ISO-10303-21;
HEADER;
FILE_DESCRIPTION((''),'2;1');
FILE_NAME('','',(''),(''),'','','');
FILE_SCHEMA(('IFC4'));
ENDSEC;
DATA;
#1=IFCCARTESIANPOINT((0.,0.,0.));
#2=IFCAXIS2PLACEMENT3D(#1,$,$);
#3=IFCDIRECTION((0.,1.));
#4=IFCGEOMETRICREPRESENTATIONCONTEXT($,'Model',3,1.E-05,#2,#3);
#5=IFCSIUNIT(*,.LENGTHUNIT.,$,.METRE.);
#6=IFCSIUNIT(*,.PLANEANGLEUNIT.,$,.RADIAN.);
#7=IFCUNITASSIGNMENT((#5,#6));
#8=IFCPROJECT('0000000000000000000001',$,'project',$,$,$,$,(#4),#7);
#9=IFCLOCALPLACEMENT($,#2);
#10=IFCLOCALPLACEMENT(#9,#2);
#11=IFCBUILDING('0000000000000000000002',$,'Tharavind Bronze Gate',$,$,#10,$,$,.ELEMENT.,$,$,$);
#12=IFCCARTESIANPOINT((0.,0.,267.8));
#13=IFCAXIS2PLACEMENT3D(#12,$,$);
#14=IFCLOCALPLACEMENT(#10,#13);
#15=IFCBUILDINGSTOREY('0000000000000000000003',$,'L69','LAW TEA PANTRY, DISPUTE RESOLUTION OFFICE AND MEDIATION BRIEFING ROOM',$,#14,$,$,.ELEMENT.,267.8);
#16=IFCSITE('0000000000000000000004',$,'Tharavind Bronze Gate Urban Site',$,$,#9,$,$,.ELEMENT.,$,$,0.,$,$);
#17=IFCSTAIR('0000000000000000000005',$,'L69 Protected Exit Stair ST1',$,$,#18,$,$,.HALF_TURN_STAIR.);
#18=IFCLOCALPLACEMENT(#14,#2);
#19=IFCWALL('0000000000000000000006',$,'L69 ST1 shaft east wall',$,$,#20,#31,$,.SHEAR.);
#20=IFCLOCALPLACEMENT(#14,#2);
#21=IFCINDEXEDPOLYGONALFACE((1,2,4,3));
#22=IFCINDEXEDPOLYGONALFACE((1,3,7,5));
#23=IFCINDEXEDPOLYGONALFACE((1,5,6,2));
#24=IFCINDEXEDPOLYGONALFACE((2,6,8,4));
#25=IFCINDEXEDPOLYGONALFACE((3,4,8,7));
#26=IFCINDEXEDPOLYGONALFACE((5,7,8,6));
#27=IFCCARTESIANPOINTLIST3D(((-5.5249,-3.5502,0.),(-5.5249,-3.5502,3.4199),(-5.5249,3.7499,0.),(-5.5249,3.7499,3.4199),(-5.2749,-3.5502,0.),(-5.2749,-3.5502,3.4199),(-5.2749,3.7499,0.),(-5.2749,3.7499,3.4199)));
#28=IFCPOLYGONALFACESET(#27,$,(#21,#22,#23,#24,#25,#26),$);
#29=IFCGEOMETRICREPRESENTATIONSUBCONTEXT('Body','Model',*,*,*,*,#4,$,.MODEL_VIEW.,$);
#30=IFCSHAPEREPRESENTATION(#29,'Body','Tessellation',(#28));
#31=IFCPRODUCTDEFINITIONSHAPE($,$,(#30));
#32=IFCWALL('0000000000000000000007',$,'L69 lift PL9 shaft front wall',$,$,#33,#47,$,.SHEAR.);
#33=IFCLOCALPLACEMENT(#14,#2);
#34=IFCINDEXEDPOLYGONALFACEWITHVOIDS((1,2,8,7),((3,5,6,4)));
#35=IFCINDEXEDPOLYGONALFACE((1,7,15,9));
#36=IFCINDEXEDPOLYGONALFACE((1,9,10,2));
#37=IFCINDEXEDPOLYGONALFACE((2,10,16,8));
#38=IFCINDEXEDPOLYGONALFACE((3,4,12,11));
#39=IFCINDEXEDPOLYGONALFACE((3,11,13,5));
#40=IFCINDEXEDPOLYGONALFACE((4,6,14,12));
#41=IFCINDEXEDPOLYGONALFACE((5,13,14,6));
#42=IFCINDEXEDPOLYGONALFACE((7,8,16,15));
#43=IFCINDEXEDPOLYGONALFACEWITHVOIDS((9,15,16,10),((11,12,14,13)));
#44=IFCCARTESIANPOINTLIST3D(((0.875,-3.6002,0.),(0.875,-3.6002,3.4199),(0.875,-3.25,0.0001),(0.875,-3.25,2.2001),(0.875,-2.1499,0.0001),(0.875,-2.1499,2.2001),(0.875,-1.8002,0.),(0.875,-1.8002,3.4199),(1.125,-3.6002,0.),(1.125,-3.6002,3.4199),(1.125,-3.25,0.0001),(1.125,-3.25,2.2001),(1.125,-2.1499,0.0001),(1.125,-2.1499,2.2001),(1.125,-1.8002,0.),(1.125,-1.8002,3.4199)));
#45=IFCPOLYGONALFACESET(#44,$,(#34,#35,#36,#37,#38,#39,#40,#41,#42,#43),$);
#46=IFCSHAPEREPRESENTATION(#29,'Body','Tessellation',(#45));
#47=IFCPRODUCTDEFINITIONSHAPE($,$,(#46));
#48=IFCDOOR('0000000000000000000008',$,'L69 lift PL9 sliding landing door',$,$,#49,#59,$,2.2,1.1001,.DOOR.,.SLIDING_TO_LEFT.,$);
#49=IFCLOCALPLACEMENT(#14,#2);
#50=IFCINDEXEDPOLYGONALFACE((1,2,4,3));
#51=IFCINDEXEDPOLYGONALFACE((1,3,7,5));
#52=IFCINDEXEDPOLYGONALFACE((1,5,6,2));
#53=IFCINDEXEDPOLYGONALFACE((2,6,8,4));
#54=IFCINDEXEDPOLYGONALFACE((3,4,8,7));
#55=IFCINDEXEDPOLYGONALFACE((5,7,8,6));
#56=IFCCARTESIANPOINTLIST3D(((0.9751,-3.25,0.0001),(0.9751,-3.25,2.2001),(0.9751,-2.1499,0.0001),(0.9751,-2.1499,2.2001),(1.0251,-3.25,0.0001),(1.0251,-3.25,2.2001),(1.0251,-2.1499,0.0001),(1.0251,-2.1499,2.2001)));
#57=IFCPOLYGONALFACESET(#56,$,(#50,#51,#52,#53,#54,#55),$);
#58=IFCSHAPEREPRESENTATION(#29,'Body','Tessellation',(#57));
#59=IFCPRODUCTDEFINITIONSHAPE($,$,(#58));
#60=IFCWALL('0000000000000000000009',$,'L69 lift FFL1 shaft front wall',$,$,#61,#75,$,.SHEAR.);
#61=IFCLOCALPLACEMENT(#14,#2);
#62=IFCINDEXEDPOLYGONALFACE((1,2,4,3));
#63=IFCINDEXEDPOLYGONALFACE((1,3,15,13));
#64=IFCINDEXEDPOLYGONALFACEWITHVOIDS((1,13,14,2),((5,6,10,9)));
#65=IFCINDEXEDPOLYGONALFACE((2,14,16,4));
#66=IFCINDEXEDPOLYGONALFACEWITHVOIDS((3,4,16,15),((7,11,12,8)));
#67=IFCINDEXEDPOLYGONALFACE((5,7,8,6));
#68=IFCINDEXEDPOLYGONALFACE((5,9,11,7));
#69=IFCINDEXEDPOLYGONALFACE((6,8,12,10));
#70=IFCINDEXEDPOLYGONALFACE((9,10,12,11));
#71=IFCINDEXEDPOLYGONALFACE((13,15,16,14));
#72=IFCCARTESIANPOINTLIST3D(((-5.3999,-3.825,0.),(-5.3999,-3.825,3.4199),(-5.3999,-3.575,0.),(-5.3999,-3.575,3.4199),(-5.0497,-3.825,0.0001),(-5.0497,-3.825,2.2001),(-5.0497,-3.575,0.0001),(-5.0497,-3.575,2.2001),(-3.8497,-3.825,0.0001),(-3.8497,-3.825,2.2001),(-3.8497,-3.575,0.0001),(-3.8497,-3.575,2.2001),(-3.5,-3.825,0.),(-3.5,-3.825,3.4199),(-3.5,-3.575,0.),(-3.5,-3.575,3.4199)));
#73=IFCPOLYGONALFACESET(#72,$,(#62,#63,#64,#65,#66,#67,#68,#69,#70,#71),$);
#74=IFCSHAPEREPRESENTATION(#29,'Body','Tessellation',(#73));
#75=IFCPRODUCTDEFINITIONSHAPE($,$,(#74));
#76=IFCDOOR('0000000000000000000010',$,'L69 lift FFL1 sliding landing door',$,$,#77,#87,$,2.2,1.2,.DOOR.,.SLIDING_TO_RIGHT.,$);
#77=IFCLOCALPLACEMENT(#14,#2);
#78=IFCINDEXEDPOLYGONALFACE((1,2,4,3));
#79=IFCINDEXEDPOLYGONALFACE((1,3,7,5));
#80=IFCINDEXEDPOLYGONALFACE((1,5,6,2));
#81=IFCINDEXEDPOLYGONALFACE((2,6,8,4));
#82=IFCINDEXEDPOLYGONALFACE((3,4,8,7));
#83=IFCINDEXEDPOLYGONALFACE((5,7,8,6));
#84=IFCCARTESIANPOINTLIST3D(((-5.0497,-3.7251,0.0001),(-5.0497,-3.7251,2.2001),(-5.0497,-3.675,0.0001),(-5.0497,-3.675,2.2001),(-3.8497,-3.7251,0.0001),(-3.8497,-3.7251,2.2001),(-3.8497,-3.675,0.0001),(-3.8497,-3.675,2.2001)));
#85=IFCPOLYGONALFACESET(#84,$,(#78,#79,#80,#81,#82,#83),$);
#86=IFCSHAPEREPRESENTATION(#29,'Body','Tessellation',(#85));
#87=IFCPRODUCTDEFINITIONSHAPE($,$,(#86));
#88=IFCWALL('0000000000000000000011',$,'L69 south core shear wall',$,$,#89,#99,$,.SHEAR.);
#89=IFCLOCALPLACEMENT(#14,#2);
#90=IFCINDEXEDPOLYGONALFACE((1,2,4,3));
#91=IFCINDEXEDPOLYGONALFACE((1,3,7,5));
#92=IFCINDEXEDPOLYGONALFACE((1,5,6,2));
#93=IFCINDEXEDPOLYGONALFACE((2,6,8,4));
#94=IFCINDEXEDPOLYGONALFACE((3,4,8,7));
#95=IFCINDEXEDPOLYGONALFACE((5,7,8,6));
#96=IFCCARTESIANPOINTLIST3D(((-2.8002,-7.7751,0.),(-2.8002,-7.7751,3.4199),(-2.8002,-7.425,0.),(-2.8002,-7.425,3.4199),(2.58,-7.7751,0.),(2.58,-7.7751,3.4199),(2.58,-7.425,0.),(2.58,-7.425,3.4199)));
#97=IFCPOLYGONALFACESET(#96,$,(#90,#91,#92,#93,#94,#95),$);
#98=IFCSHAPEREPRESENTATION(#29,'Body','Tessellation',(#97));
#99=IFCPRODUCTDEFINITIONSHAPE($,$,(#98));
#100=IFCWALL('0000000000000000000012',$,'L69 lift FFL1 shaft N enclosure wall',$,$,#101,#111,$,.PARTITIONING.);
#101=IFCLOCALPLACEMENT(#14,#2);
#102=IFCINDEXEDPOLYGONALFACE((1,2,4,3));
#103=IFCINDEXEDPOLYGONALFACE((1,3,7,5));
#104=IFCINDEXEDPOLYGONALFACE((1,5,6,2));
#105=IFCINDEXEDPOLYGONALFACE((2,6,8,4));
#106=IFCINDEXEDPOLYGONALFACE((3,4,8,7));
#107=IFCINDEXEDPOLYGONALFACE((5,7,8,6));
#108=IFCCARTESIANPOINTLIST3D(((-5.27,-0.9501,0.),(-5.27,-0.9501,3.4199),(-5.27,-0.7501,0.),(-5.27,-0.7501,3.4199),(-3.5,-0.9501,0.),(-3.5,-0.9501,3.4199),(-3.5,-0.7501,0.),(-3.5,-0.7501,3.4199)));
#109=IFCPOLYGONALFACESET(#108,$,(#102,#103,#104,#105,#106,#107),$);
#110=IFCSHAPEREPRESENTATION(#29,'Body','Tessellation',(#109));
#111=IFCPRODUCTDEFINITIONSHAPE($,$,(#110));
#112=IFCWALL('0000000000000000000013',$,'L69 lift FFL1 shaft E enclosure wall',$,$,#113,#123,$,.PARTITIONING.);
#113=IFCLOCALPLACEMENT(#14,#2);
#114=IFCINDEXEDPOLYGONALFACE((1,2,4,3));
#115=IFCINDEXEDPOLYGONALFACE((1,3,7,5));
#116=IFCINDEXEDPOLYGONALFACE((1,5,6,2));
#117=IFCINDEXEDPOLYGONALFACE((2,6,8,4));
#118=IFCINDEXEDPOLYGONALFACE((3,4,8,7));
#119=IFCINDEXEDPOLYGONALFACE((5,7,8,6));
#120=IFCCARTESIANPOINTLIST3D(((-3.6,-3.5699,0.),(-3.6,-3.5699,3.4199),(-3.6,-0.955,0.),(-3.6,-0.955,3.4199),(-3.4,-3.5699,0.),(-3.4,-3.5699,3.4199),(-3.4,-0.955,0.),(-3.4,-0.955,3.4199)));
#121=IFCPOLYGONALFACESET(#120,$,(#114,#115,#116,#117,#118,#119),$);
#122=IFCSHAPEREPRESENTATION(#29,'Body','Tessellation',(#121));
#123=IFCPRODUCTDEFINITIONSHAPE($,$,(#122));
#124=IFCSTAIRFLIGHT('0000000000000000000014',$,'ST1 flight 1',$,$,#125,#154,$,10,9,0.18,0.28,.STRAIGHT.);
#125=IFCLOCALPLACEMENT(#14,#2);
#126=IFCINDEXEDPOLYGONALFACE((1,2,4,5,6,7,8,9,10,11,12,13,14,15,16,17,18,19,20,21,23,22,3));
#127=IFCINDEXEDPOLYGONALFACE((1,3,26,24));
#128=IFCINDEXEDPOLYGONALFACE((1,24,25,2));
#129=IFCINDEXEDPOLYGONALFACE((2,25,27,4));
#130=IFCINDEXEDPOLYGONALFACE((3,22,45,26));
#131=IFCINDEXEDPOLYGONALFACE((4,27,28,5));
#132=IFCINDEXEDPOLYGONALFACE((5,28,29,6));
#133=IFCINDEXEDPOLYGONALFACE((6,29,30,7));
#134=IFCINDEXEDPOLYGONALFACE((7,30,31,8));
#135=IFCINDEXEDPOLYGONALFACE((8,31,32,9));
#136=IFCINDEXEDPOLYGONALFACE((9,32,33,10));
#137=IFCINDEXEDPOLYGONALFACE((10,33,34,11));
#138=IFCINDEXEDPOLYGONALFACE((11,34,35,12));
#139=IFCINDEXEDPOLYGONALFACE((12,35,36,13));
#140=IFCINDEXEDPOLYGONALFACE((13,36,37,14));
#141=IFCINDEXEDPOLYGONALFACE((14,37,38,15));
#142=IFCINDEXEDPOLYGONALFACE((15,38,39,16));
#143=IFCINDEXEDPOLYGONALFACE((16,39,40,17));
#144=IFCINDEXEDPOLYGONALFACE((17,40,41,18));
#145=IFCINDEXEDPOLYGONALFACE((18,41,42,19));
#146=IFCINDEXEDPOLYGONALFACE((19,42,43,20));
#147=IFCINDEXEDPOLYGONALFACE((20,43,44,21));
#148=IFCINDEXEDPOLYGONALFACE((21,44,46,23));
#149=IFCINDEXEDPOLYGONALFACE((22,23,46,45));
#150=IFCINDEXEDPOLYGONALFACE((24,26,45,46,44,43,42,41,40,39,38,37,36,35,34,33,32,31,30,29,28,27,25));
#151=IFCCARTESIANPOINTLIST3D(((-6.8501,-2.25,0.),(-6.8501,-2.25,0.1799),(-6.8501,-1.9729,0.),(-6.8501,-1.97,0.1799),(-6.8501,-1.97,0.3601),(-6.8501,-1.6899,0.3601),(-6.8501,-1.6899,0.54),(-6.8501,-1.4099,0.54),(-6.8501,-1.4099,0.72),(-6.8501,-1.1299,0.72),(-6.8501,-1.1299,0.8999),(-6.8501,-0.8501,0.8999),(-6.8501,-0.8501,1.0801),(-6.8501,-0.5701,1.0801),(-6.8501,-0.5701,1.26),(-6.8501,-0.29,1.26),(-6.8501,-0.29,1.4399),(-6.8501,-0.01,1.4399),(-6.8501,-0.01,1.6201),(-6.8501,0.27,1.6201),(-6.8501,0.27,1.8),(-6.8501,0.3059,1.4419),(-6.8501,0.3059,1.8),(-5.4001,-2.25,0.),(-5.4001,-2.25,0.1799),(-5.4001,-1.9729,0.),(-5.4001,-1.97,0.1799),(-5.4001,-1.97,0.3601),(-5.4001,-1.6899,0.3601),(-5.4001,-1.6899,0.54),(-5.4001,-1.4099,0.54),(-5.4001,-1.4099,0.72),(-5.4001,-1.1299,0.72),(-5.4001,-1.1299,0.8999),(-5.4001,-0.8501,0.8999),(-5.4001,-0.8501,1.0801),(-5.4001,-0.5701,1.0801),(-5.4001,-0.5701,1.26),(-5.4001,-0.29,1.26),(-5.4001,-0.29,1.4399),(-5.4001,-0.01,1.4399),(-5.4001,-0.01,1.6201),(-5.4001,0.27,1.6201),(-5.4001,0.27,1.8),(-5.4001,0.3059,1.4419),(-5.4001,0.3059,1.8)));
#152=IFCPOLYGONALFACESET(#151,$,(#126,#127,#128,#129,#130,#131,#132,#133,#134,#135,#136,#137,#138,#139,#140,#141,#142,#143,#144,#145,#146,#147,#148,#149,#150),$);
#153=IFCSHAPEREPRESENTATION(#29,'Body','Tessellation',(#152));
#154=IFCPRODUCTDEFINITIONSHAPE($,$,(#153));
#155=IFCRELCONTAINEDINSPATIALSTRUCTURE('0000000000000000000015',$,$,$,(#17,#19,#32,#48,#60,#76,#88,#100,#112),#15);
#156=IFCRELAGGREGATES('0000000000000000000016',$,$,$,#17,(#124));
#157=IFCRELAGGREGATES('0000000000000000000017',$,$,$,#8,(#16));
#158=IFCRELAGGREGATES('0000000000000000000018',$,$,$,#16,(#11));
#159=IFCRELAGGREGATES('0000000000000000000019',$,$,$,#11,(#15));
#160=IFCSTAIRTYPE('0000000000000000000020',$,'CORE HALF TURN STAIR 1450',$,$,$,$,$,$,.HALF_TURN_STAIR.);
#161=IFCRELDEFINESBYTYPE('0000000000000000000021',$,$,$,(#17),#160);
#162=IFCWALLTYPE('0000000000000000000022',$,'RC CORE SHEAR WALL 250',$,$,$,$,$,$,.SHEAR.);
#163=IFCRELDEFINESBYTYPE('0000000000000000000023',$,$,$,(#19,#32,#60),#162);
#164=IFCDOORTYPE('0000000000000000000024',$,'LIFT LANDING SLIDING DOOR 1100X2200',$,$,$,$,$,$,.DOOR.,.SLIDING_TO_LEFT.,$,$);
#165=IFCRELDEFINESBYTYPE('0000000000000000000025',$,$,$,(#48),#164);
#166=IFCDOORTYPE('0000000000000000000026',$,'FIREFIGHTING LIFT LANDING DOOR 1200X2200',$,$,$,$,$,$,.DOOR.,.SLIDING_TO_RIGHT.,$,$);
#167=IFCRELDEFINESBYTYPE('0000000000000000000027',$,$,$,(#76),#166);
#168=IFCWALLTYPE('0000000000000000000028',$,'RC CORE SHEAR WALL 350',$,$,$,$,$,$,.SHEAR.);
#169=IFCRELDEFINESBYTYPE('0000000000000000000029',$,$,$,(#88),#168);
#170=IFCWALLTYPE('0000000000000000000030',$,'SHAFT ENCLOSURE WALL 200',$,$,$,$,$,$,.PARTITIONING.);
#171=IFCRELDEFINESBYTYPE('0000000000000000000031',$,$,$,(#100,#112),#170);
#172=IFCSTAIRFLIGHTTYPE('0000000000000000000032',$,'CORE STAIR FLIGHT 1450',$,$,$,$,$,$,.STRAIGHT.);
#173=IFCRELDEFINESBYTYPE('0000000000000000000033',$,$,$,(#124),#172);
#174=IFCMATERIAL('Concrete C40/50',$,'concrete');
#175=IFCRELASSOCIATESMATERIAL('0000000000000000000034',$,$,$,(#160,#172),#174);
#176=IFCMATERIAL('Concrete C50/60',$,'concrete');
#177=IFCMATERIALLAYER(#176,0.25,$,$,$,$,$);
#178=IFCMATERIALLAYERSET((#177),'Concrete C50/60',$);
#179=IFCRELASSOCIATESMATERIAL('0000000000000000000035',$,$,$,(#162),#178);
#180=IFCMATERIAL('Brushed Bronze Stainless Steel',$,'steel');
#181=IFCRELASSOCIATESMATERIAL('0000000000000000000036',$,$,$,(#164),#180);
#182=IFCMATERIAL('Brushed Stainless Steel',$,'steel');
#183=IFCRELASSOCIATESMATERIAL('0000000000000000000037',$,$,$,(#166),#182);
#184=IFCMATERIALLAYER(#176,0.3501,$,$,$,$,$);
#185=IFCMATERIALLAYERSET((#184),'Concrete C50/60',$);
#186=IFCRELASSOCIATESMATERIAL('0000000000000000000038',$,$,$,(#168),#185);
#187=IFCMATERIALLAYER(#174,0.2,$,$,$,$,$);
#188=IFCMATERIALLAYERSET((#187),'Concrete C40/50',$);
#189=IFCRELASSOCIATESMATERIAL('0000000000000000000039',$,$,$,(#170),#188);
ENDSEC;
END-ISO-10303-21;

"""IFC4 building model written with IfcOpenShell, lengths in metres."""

from ifc_helpers import new_model, si_unit, direction, frame, frame_2d, origin, place, context, subcontext, project, spatial, polyline, rectangle, outline, extrude, material, layer, layer_set, type_object, element, fill, aggregate, save


model = new_model("IFC4")

# Units and contexts
model_context = context("Model", 3, precision=1e-05, world=origin(), true_north=direction((0.0, 1.0)))
body_context = subcontext(model_context, "Body", "Model", "MODEL_VIEW")
ifc_project = project(units=[si_unit("LENGTHUNIT", "METRE"), si_unit("PLANEANGLEUNIT", "RADIAN")], contexts=[model_context])

# Site, building, storey
site_placement = place(None, origin())
site = spatial("IfcSite", under=ifc_project, at=site_placement, Name="Tharavind Bronze Gate Urban Site", CompositionType="ELEMENT", RefElevation=0.0)
building_placement = place(site_placement, origin())
building = spatial("IfcBuilding", under=site, at=building_placement, Name="Tharavind Bronze Gate", CompositionType="ELEMENT")
storey_placement = place(building_placement, frame((0.0, 0.0, 267.8)))
storey = spatial("IfcBuildingStorey", under=building, at=storey_placement, Name="L69", Description="LAW TEA PANTRY, DISPUTE RESOLUTION OFFICE AND MEDIATION BRIEFING ROOM", CompositionType="ELEMENT", Elevation=267.8)

# Shared definitions
ifc_material_1 = material(Name="Concrete C50/60", Category="concrete")

# Shared definitions
ifc_material_2 = material(Name="Concrete C40/50", Category="concrete")

# Stair
stair_type = type_object("IfcStairType", Name="CORE HALF TURN STAIR 1450", PredefinedType="HALF_TURN_STAIR", material=ifc_material_2)
stair_1_placement = place(storey_placement, origin())
stair_1 = element("IfcStair", 1, at=stair_1_placement, inside=storey, type_object=stair_type, Name="L69 Protected Exit Stair ST1", PredefinedType="HALF_TURN_STAIR")

# Wall
ifc_layer_1 = layer(ifc_material_1, 0.25)
ifc_layer_set_1 = layer_set([ifc_layer_1], Name="Concrete C50/60")
wall_type_1 = type_object("IfcWallType", Name="RC CORE SHEAR WALL 250", PredefinedType="SHEAR", material=ifc_layer_set_1)
wall_1_placement = place(storey_placement, frame((-5.3999, -3.55, 0.0), z_axis=(0.0, 0.0, 1.0), x_axis=(0.0, 1.0, 0.0)))
element("IfcWall", 2, at=wall_1_placement, inside=storey, type_object=wall_type_1, Name="L69 ST1 shaft east wall", PredefinedType="SHEAR", context=body_context, shape_type="SweptSolid", body=[
    extrude(rectangle(XDim=7.3, YDim=0.25, at=frame_2d((3.6499, 0.0))), origin(), (0.0, 0.0, 1.0), 3.4199),
])

# Walls, openings, doors
wall_2_placement = place(storey_placement, frame((1.0, -3.6001, 0.0), z_axis=(0.0, 0.0, 1.0), x_axis=(0.0, 1.0, 0.0)))
wall_2 = element("IfcWall", 3, at=wall_2_placement, inside=storey, type_object=wall_type_1, Name="L69 lift PL9 shaft front wall", PredefinedType="SHEAR", context=body_context, shape_type="SweptSolid", body=[
    extrude(rectangle(XDim=1.8, YDim=0.25, at=frame_2d((0.8999, 0.0))), origin(), (0.0, 0.0, 1.0), 3.4199),
])
opening_1_placement = place(wall_2_placement, frame((0.3501, 0.0, 0.0)))
opening_1 = element("IfcOpeningElement", 4, at=opening_1_placement, cuts=wall_2, PredefinedType="OPENING", context=body_context, shape_type="SweptSolid", body=[
    extrude(rectangle(XDim=1.1001, YDim=2.2, at=frame_2d((0.55, 1.1001))), frame((0.0, 0.135, 0.0), z_axis=(0.0, -1.0, 0.0), x_axis=(1.0, 0.0, 0.0)), (0.0, 0.0, 1.0), 0.27),
])
ifc_material_3 = material(Name="Brushed Bronze Stainless Steel", Category="steel")
door_type_1 = type_object("IfcDoorType", Name="LIFT LANDING SLIDING DOOR 1100X2200", OperationType="SLIDING_TO_LEFT", PredefinedType="DOOR", material=ifc_material_3)
door_1_placement = place(opening_1_placement, origin())
door_1 = element("IfcDoor", 5, at=door_1_placement, inside=storey, type_object=door_type_1, Name="L69 lift PL9 sliding landing door", OperationType="SLIDING_TO_LEFT", OverallHeight=2.2, OverallWidth=1.1001, PredefinedType="DOOR", context=body_context, shape_type="SweptSolid", body=[
    extrude(rectangle(XDim=1.1001, YDim=2.2, at=frame_2d((0.55, 1.1001))), frame((0.0, 0.0249, 0.0), z_axis=(0.0, -1.0, 0.0), x_axis=(1.0, 0.0, 0.0)), (0.0, 0.0, 1.0), 0.05),
])
fill(opening_1, door_1)
wall_3_placement = place(storey_placement, frame((-5.3999, -3.7, 0.0), z_axis=(0.0, 0.0, 1.0), x_axis=(1.0, 0.0, 0.0)))
wall_3 = element("IfcWall", 6, at=wall_3_placement, inside=storey, type_object=wall_type_1, Name="L69 lift FFL1 shaft front wall", PredefinedType="SHEAR", context=body_context, shape_type="SweptSolid", body=[
    extrude(rectangle(XDim=1.8999, YDim=0.25, at=frame_2d((0.95, 0.0))), origin(), (0.0, 0.0, 1.0), 3.4199),
])
opening_2_placement = place(wall_3_placement, frame((0.3501, 0.0, 0.0)))
opening_2 = element("IfcOpeningElement", 7, at=opening_2_placement, cuts=wall_3, PredefinedType="OPENING", context=body_context, shape_type="SweptSolid", body=[
    extrude(rectangle(XDim=1.2, YDim=2.2, at=frame_2d((0.6001, 1.1001))), frame((0.0, 0.135, 0.0), z_axis=(0.0, -1.0, 0.0), x_axis=(1.0, 0.0, 0.0)), (0.0, 0.0, 1.0), 0.27),
])
ifc_material_4 = material(Name="Brushed Stainless Steel", Category="steel")
door_type_2 = type_object("IfcDoorType", Name="FIREFIGHTING LIFT LANDING DOOR 1200X2200", OperationType="SLIDING_TO_RIGHT", PredefinedType="DOOR", material=ifc_material_4)
door_2_placement = place(opening_2_placement, origin())
door_2 = element("IfcDoor", 8, at=door_2_placement, inside=storey, type_object=door_type_2, Name="L69 lift FFL1 sliding landing door", OperationType="SLIDING_TO_RIGHT", OverallHeight=2.2, OverallWidth=1.2, PredefinedType="DOOR", context=body_context, shape_type="SweptSolid", body=[
    extrude(rectangle(XDim=1.2, YDim=2.2, at=frame_2d((0.6001, 1.1001))), frame((0.0, 0.0249, 0.0), z_axis=(0.0, -1.0, 0.0), x_axis=(1.0, 0.0, 0.0)), (0.0, 0.0, 1.0), 0.05),
])
fill(opening_2, door_2)

# Walls
ifc_layer_2 = layer(ifc_material_1, 0.3501)
ifc_layer_set_2 = layer_set([ifc_layer_2], Name="Concrete C50/60")
wall_type_2 = type_object("IfcWallType", Name="RC CORE SHEAR WALL 350", PredefinedType="SHEAR", material=ifc_layer_set_2)
wall_4_placement = place(storey_placement, frame((-2.8, -7.6001, 0.0), z_axis=(0.0, 0.0, 1.0), x_axis=(1.0, 0.0, 0.0)))
element("IfcWall", 9, at=wall_4_placement, inside=storey, type_object=wall_type_2, Name="L69 south core shear wall", PredefinedType="SHEAR", context=body_context, shape_type="SweptSolid", body=[
    extrude(rectangle(XDim=5.3801, YDim=0.3501, at=frame_2d((2.6899, 0.0))), origin(), (0.0, 0.0, 1.0), 3.4199),
])
ifc_layer_3 = layer(ifc_material_2, 0.2)
ifc_layer_set_3 = layer_set([ifc_layer_3], Name="Concrete C40/50")
wall_type_3 = type_object("IfcWallType", Name="SHAFT ENCLOSURE WALL 200", PredefinedType="PARTITIONING", material=ifc_layer_set_3)
wall_5_placement = place(storey_placement, frame((-5.27, -0.8501, 0.0), z_axis=(0.0, 0.0, 1.0), x_axis=(1.0, 0.0, 0.0)))
element("IfcWall", 10, at=wall_5_placement, inside=storey, type_object=wall_type_3, Name="L69 lift FFL1 shaft N enclosure wall", PredefinedType="PARTITIONING", context=body_context, shape_type="SweptSolid", body=[
    extrude(rectangle(XDim=1.77, YDim=0.2, at=frame_2d((0.885, 0.0))), origin(), (0.0, 0.0, 1.0), 3.4199),
])
wall_6_placement = place(storey_placement, frame((-3.5, -3.5701, 0.0), z_axis=(0.0, 0.0, 1.0), x_axis=(0.0, 1.0, 0.0)))
element("IfcWall", 11, at=wall_6_placement, inside=storey, type_object=wall_type_3, Name="L69 lift FFL1 shaft E enclosure wall", PredefinedType="PARTITIONING", context=body_context, shape_type="SweptSolid", body=[
    extrude(rectangle(XDim=2.615, YDim=0.2, at=frame_2d((1.3076, 0.0))), origin(), (0.0, 0.0, 1.0), 3.4199),
])

# Stair flight
stair_flight_type = type_object("IfcStairFlightType", Name="CORE STAIR FLIGHT 1450", PredefinedType="STRAIGHT", material=ifc_material_2)
stair_flight_placement = place(storey_placement, frame((-6.125, -2.25, 0.0), z_axis=(0.0, 0.0, 1.0), x_axis=(0.0, 1.0, 0.0)))
stair_flight = element("IfcStairFlight", 12, at=stair_flight_placement, type_object=stair_flight_type, Name="ST1 flight 1", NumberOfRisers=10, NumberOfTreads=9, PredefinedType="STRAIGHT", RiserHeight=0.18, TreadLength=0.28, context=body_context, shape_type="SweptSolid", body=[
    extrude(outline(polyline([(0.0, 0.0), (0.0, 0.1799), (0.28, 0.1799), (0.28, 0.3601), (0.5601, 0.3601), (0.5601, 0.54), (0.8401, 0.54), (0.8401, 0.72), (1.1201, 0.72), (1.1201, 0.8999), (1.3999, 0.8999), (1.3999, 1.0801), (1.6799, 1.0801), (1.6799, 1.26), (1.96, 1.26), (1.96, 1.4399), (2.24, 1.4399), (2.24, 1.6201), (2.52, 1.6201), (2.52, 1.8), (2.5559, 1.8), (2.5559, 1.4419), (0.2771, 0.0), (0.0, 0.0)])), frame((0.0, 0.7251, 0.0), z_axis=(0.0, -1.0, 0.0), x_axis=(1.0, 0.0, 0.0)), (0.0, 0.0, 1.0), 1.45),
])
aggregate(stair_1, [stair_flight])

save(model, "model.ifc")
